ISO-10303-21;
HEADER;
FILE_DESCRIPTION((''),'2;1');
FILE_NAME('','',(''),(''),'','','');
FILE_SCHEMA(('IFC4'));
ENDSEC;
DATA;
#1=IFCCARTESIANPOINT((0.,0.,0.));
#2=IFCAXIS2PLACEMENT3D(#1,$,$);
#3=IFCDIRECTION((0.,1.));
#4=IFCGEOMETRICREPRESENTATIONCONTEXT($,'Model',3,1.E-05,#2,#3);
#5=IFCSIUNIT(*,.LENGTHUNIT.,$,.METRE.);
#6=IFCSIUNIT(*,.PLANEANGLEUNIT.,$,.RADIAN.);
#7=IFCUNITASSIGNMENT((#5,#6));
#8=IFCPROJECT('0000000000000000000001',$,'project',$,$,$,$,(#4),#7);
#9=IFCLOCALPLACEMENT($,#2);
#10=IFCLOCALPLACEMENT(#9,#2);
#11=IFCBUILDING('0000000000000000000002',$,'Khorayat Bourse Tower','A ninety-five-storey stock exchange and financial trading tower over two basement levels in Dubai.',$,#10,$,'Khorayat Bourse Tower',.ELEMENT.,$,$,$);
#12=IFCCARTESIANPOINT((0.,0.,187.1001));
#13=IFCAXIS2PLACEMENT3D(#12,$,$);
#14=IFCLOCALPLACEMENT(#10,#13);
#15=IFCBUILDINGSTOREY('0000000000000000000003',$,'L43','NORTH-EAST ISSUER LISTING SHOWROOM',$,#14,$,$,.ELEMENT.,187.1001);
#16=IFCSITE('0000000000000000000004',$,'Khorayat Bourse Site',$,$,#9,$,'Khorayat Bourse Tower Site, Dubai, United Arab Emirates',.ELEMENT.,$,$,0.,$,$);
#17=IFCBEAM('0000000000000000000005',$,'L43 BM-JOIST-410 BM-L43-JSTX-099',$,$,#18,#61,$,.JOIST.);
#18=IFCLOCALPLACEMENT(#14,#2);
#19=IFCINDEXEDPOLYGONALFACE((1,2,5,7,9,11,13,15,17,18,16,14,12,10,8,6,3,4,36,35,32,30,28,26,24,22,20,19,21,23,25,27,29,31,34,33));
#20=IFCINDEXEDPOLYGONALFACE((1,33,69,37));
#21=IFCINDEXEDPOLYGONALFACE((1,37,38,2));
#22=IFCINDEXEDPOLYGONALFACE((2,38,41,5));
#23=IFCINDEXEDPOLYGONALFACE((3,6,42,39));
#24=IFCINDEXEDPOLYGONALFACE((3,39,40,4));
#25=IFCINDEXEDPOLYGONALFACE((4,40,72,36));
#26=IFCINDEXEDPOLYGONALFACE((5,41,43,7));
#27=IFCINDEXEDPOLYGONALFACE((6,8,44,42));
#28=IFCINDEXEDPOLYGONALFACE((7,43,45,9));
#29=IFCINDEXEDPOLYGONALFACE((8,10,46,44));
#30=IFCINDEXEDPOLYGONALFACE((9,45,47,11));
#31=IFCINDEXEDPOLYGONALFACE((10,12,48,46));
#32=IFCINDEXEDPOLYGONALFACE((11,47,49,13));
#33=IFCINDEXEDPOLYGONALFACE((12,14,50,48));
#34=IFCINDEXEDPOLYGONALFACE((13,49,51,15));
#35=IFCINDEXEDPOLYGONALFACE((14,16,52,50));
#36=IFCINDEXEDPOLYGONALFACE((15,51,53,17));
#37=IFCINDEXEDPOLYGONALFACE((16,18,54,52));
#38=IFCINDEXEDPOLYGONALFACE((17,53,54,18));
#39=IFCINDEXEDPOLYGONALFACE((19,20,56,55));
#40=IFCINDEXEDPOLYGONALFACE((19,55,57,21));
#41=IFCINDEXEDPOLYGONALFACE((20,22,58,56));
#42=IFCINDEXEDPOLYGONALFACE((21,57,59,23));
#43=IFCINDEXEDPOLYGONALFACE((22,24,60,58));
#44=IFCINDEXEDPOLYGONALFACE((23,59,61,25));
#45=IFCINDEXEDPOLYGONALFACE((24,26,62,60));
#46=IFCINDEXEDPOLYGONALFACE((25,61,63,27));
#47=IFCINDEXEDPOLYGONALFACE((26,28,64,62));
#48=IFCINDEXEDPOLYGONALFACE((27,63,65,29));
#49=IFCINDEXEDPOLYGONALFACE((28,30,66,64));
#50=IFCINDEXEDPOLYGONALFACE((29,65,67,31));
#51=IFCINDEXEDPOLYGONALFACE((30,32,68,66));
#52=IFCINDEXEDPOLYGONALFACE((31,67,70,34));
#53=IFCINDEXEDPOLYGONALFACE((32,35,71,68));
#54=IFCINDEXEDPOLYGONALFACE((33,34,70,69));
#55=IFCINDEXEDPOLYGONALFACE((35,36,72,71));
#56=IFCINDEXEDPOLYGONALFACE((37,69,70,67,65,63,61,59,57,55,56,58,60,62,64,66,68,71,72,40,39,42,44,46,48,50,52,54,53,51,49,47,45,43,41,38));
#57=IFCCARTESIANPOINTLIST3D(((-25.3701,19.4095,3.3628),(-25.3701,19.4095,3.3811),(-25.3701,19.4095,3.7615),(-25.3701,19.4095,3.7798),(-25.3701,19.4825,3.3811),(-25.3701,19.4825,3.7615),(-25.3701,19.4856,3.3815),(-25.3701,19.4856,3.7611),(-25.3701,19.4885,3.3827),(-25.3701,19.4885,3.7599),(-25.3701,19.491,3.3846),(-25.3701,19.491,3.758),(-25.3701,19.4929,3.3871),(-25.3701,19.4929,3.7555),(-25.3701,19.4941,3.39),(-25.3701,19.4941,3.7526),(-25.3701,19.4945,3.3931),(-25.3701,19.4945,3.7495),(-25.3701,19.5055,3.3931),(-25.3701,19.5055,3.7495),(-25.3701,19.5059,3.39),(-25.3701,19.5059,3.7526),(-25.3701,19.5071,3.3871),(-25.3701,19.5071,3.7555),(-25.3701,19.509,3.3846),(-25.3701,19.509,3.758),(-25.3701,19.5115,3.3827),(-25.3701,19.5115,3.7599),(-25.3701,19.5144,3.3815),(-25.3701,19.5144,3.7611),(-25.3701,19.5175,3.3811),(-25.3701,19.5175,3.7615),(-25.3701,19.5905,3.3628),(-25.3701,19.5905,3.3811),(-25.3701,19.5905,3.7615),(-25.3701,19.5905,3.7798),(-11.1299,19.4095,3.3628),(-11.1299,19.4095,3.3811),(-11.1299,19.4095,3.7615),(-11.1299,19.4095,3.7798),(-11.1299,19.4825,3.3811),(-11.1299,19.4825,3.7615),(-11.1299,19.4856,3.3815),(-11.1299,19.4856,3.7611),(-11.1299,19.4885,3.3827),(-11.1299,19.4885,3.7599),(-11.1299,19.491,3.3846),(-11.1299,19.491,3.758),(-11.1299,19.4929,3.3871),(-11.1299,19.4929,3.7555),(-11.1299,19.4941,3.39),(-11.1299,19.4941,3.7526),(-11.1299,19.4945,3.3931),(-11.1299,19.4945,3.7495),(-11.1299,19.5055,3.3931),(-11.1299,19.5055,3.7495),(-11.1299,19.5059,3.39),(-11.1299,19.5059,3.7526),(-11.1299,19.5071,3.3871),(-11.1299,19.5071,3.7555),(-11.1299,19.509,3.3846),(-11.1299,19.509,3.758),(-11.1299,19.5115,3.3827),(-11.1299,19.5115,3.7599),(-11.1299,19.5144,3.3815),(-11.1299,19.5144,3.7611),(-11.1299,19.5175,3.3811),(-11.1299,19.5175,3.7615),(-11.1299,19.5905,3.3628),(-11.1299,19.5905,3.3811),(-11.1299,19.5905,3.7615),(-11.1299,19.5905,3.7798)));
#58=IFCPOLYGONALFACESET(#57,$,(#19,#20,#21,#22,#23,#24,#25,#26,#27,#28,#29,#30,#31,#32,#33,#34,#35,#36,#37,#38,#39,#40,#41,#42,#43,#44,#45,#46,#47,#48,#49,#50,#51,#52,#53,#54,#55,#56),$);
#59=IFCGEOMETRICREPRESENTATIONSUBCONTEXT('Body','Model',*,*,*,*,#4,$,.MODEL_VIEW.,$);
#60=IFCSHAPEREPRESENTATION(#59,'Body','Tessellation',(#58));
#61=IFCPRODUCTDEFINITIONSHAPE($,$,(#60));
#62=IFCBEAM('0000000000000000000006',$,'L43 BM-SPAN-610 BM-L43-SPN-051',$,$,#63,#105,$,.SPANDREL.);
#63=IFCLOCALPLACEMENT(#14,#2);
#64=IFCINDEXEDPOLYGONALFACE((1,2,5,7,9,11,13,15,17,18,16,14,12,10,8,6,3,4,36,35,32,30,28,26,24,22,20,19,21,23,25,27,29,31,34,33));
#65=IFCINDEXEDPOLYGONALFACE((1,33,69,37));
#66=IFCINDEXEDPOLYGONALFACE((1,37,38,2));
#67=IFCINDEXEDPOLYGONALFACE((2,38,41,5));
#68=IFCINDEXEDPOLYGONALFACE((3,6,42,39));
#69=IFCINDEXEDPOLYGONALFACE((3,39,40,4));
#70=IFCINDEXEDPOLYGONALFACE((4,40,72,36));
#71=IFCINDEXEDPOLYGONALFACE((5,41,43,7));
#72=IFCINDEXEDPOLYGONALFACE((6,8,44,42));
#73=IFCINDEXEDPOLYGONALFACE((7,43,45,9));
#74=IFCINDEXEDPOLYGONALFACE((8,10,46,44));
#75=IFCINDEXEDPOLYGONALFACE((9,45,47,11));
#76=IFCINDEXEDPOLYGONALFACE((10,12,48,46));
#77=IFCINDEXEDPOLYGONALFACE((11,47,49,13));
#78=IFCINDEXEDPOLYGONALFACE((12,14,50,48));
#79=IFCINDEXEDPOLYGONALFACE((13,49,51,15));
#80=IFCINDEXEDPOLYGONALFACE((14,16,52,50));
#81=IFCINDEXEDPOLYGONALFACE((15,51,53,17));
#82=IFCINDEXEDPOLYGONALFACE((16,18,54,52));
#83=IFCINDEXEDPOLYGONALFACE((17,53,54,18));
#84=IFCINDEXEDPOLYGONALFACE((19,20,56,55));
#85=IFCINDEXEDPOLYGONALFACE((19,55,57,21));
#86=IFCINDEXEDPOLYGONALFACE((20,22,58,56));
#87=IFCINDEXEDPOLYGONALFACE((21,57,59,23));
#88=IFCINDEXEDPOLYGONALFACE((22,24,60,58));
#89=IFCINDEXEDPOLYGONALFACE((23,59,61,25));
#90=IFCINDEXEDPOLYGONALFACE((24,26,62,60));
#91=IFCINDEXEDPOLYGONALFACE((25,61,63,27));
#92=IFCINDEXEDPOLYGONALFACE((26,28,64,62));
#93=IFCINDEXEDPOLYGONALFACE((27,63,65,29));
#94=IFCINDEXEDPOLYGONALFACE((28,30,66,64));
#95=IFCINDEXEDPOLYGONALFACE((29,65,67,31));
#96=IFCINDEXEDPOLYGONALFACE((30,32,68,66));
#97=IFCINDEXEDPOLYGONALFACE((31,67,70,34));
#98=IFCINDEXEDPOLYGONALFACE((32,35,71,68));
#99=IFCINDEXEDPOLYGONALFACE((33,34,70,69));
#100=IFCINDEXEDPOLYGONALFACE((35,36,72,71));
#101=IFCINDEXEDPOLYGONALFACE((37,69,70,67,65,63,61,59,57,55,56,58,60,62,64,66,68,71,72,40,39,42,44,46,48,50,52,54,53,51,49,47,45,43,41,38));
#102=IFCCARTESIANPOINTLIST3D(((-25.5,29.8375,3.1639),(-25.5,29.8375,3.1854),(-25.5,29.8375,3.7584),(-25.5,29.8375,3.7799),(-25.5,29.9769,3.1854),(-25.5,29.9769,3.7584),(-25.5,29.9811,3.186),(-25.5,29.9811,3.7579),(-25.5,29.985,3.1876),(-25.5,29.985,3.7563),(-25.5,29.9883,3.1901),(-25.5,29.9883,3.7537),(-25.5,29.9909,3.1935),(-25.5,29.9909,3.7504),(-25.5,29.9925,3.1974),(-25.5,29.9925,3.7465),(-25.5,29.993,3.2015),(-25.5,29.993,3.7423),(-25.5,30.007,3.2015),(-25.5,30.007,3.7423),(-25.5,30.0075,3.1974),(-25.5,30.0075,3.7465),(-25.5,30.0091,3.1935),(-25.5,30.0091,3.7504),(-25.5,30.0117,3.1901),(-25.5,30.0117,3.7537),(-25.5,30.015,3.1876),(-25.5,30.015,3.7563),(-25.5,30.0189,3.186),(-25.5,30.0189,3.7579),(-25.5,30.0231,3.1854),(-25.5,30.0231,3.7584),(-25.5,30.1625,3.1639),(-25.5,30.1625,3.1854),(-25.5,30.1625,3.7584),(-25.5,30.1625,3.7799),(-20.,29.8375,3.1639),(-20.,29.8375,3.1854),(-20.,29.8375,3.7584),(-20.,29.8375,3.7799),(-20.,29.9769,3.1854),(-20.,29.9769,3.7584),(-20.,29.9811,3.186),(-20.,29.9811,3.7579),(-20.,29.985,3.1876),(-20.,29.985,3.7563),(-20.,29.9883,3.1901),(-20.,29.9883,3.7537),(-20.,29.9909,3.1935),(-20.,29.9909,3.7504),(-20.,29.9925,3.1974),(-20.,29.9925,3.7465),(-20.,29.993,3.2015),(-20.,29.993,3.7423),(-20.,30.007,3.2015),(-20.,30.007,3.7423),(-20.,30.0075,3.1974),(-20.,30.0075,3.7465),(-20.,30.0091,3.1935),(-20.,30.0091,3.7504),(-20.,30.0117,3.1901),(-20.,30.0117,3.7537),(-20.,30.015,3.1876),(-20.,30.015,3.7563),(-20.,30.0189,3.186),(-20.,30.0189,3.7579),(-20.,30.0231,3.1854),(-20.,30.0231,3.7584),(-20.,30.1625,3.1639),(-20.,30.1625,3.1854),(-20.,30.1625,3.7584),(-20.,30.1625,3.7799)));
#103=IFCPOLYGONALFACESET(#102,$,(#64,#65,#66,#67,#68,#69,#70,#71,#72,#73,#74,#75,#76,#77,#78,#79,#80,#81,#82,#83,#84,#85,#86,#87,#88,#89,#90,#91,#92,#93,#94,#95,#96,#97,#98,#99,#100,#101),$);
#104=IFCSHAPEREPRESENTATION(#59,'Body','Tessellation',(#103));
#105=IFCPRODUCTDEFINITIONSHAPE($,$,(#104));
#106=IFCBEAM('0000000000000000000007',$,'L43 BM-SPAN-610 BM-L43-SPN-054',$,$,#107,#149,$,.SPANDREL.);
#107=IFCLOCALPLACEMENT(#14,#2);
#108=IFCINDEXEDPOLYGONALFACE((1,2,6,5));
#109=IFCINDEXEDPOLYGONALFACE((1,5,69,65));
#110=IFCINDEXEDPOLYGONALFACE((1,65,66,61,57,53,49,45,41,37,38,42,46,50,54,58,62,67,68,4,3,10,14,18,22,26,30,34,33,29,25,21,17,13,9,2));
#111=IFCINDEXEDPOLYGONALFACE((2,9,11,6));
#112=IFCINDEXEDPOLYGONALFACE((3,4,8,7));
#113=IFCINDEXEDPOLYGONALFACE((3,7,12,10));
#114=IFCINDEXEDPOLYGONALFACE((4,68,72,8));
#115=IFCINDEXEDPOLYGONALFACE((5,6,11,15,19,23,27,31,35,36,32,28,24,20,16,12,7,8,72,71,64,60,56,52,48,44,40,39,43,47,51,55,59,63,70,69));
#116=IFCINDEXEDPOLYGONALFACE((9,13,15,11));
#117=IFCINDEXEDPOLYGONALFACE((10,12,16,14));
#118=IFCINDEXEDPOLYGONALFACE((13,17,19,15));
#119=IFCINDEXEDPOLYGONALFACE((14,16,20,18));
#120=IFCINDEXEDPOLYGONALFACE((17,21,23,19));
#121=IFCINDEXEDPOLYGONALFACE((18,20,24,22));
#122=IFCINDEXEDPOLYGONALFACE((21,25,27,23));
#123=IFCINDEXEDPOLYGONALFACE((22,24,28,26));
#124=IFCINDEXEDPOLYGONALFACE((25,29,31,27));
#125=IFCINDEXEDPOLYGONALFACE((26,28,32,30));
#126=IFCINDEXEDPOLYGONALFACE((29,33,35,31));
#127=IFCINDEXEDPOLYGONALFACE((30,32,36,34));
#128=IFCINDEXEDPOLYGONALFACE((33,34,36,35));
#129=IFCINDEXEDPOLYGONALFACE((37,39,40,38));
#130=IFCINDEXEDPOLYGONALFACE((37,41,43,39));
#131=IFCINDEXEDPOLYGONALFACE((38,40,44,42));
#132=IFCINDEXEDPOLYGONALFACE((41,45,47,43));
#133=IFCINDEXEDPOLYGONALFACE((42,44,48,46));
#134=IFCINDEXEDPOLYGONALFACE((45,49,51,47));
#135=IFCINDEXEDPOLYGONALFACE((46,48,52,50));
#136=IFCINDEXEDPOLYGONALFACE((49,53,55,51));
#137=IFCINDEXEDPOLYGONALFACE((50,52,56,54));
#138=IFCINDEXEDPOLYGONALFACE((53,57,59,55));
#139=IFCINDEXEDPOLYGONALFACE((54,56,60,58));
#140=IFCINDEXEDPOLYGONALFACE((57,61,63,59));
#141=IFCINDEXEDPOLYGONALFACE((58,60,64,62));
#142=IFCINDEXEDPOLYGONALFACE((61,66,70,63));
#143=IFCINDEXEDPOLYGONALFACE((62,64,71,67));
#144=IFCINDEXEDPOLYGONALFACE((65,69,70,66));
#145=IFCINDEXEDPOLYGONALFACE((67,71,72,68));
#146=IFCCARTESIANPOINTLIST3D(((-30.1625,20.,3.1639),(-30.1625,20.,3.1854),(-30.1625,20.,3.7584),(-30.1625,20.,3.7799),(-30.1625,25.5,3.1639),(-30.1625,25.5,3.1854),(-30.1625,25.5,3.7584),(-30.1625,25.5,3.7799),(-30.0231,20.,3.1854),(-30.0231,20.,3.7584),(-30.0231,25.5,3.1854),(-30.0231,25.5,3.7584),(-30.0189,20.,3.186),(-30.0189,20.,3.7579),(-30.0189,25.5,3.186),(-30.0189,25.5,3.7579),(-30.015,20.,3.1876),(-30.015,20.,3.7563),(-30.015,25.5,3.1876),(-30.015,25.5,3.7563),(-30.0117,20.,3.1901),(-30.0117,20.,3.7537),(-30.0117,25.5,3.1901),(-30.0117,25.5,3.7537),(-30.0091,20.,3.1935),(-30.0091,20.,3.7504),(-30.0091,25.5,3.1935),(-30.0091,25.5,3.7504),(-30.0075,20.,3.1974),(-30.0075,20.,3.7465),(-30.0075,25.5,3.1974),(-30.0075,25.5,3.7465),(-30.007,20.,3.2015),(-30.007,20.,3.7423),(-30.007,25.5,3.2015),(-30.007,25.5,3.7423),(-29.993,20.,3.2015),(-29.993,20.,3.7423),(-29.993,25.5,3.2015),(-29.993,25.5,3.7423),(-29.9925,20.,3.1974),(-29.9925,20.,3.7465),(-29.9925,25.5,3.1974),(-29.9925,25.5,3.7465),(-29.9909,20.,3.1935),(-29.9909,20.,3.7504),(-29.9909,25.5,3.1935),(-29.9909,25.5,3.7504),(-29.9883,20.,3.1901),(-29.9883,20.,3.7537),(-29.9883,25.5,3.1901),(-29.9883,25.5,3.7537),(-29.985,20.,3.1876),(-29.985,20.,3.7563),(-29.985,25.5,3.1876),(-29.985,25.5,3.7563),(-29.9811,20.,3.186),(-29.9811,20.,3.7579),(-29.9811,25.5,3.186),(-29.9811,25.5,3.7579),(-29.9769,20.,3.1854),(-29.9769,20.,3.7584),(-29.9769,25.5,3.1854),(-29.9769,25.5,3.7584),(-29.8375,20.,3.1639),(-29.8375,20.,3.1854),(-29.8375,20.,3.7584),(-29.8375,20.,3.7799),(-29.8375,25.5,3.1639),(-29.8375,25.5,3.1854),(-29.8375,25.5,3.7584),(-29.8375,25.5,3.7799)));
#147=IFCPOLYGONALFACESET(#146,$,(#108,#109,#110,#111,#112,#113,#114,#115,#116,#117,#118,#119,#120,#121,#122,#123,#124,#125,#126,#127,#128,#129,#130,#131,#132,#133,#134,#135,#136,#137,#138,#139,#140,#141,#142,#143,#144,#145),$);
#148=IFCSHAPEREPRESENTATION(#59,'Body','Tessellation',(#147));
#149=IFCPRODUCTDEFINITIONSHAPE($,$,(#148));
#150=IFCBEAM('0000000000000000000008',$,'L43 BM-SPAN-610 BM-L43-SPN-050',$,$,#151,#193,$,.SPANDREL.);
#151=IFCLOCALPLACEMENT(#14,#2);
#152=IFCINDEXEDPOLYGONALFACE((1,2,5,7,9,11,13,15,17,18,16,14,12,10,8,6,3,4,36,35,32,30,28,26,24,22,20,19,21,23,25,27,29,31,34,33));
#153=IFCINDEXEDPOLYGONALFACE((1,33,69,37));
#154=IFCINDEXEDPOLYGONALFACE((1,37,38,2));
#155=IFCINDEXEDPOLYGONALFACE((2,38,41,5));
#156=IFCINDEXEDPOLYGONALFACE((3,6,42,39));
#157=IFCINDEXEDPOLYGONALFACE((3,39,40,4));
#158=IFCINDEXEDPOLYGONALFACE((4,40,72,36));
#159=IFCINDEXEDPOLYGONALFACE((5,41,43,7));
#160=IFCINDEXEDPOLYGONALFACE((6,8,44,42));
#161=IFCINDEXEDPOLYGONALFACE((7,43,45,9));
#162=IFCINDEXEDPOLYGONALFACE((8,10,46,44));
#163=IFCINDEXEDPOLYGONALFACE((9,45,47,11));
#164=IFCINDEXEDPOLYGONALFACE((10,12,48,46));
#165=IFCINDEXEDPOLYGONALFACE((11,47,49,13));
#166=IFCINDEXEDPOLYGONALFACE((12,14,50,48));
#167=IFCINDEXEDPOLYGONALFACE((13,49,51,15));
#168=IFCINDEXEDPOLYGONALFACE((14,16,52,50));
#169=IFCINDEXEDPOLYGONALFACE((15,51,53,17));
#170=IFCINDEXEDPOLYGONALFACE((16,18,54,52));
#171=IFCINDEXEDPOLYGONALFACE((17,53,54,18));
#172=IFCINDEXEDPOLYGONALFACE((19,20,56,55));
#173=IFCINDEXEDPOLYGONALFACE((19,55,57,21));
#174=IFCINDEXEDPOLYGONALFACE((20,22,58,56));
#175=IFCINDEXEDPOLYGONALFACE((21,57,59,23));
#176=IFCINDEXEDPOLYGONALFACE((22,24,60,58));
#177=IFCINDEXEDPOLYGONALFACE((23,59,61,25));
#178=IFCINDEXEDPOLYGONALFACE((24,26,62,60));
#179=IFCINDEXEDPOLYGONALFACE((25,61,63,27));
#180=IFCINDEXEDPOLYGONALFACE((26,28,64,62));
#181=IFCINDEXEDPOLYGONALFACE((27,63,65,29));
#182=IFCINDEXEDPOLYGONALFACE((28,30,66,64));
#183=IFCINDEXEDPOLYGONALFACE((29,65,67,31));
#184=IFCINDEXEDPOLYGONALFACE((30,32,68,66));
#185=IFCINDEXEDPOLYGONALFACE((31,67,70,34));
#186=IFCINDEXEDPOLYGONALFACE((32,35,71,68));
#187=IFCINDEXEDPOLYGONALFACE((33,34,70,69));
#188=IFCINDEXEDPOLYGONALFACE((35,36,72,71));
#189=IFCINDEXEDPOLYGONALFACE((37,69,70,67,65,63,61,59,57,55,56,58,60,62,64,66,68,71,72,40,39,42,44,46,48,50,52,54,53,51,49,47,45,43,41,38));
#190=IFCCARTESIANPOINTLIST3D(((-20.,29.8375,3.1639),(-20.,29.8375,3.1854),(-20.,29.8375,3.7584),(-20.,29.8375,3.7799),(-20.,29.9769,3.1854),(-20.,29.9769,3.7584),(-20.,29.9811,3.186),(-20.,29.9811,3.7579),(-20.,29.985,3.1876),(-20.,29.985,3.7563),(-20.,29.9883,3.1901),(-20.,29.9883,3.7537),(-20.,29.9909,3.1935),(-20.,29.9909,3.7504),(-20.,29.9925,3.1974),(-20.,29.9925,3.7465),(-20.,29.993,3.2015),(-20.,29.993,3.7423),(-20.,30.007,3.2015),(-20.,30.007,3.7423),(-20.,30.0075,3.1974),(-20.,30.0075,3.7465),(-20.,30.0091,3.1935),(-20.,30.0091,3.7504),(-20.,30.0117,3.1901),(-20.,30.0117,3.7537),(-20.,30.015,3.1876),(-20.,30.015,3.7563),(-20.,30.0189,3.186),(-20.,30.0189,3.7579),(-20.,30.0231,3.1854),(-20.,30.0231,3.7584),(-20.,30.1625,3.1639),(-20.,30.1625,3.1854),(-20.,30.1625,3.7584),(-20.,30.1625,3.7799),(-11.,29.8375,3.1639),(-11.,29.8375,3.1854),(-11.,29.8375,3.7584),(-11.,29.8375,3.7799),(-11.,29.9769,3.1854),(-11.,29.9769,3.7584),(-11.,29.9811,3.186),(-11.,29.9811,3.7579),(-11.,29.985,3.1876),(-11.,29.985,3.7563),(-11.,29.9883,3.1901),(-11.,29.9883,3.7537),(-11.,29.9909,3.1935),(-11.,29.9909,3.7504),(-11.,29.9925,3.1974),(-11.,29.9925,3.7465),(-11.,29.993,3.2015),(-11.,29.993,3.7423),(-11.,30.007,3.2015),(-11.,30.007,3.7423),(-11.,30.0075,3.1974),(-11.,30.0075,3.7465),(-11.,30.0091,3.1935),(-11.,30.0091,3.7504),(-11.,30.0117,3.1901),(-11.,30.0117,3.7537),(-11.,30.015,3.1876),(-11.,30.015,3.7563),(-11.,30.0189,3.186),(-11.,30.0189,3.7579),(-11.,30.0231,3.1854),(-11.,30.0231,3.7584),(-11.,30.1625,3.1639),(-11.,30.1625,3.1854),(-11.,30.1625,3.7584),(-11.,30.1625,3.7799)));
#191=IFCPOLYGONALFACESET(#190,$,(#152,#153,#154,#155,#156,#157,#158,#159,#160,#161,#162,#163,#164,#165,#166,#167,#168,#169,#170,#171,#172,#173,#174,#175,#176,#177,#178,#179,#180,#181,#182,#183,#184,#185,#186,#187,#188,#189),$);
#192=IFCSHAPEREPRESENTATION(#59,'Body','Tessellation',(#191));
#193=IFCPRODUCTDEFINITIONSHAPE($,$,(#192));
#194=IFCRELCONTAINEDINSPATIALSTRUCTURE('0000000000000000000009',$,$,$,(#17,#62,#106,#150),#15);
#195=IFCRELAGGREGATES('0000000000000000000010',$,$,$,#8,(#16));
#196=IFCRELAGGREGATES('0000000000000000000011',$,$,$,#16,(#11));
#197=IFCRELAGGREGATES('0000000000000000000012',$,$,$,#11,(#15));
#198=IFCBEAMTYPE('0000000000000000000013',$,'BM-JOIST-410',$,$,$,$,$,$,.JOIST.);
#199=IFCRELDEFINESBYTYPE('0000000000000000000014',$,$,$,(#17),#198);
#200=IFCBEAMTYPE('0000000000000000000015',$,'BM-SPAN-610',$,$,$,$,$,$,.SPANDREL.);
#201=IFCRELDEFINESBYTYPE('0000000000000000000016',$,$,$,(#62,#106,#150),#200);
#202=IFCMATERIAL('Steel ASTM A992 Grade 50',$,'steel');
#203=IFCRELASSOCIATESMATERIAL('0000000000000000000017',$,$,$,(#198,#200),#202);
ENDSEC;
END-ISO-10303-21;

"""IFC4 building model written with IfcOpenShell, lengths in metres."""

from ifc_helpers import new_model, si_unit, direction, frame, origin, origin_2d, place, context, subcontext, project, spatial, i_section, extrude, source, transform, mapped, material, material_profile, profile_set, type_object, element, save


model = new_model("IFC4")

# Units and contexts
model_context = context("Model", 3, precision=1e-05, world=origin(), true_north=direction((0.0, 1.0)))
body_context = subcontext(model_context, "Body", "Model", "MODEL_VIEW")
ifc_project = project(units=[si_unit("LENGTHUNIT", "METRE"), si_unit("PLANEANGLEUNIT", "RADIAN")], contexts=[model_context])

# Site, building, storey
site_placement = place(None, origin())
site = spatial("IfcSite", under=ifc_project, at=site_placement, Name="Khorayat Bourse Site", LongName="Khorayat Bourse Tower Site, Dubai, United Arab Emirates", CompositionType="ELEMENT", RefElevation=0.0)
building_placement = place(site_placement, origin())
building = spatial("IfcBuilding", under=site, at=building_placement, Name="Khorayat Bourse Tower", Description="A ninety-five-storey stock exchange and financial trading tower over two basement levels in Dubai.", LongName="Khorayat Bourse Tower", CompositionType="ELEMENT")
storey_placement = place(building_placement, frame((0.0, 0.0, 187.1001)))
storey = spatial("IfcBuildingStorey", under=building, at=storey_placement, Name="L43", Description="NORTH-EAST ISSUER LISTING SHOWROOM", CompositionType="ELEMENT", Elevation=187.1001)

# Beams
ifc_material_1 = material(Name="Steel ASTM A992 Grade 50", Category="steel")
ifc_material_profile_1 = material_profile(ifc_material_1, i_section(OverallWidth=0.1809, OverallDepth=0.417, WebThickness=0.011, FlangeThickness=0.0183, FilletRadius=0.012, at=origin_2d()), Name="W410X85")
ifc_profile_set_1 = profile_set([ifc_material_profile_1], Name="Steel ASTM A992 Grade 50")
beam_type_1 = type_object("IfcBeamType", Name="BM-JOIST-410", PredefinedType="JOIST", material=ifc_profile_set_1)
shared_shape_1 = source(origin(), body_context, "Body", "SweptSolid", [
    extrude(i_section(OverallWidth=0.1809, OverallDepth=0.417, WebThickness=0.011, FlangeThickness=0.0183, FilletRadius=0.012, at=origin_2d()), origin(), (0.0, 0.0, 1.0), 14.2402),
])
beam_1_placement = place(storey_placement, frame((-25.3701, 19.5, 3.5713), z_axis=(1.0, 0.0, 0.0), x_axis=(0.0, 1.0, 0.0)))
element("IfcBeam", 1, at=beam_1_placement, inside=storey, type_object=beam_type_1, Name="L43 BM-JOIST-410 BM-L43-JSTX-099", PredefinedType="JOIST", context=body_context, shape_type="MappedRepresentation", body=[
    mapped(shared_shape_1, transform((0.0, 0.0, 0.0), scale=1.0)),
])
ifc_material_profile_2 = material_profile(ifc_material_1, i_section(OverallWidth=0.325, OverallDepth=0.616, WebThickness=0.0139, FlangeThickness=0.0215, FilletRadius=0.0161, at=origin_2d()), Name="W610X174")
ifc_profile_set_2 = profile_set([ifc_material_profile_2], Name="Steel ASTM A992 Grade 50")
beam_type_2 = type_object("IfcBeamType", Name="BM-SPAN-610", PredefinedType="SPANDREL", material=ifc_profile_set_2)
shared_shape_2 = source(origin(), body_context, "Body", "SweptSolid", [
    extrude(i_section(OverallWidth=0.325, OverallDepth=0.616, WebThickness=0.0139, FlangeThickness=0.0215, FilletRadius=0.0161, at=origin_2d()), origin(), (0.0, 0.0, 1.0), 5.5),
])
for number, where, z_axis, x_axis, name in (
    (2, (-25.5, 30.0, 3.4719), (1.0, 0.0, 0.0), (0.0, 1.0, 0.0), "L43 BM-SPAN-610 BM-L43-SPN-051"),
    (3, (-30.0, 20.0, 3.4719), (0.0, 1.0, 0.0), (-1.0, 0.0, 0.0), "L43 BM-SPAN-610 BM-L43-SPN-054"),
):
    element("IfcBeam", number, at=place(storey_placement, frame(where, z_axis=z_axis, x_axis=x_axis)), inside=storey, type_object=beam_type_2, Name=name, PredefinedType="SPANDREL", context=body_context, shape_type="MappedRepresentation", body=[
        mapped(shared_shape_2, transform((0.0, 0.0, 0.0), scale=1.0)),
    ])
shared_shape_3 = source(origin(), body_context, "Body", "SweptSolid", [
    extrude(i_section(OverallWidth=0.325, OverallDepth=0.616, WebThickness=0.0139, FlangeThickness=0.0215, FilletRadius=0.0161, at=origin_2d()), origin(), (0.0, 0.0, 1.0), 9.0),
])
beam_2_placement = place(storey_placement, frame((-20.0, 30.0, 3.4719), z_axis=(1.0, 0.0, 0.0), x_axis=(0.0, 1.0, 0.0)))
element("IfcBeam", 4, at=beam_2_placement, inside=storey, type_object=beam_type_2, Name="L43 BM-SPAN-610 BM-L43-SPN-050", PredefinedType="SPANDREL", context=body_context, shape_type="MappedRepresentation", body=[
    mapped(shared_shape_3, transform((0.0, 0.0, 0.0), scale=1.0)),
])

save(model, "model.ifc")
